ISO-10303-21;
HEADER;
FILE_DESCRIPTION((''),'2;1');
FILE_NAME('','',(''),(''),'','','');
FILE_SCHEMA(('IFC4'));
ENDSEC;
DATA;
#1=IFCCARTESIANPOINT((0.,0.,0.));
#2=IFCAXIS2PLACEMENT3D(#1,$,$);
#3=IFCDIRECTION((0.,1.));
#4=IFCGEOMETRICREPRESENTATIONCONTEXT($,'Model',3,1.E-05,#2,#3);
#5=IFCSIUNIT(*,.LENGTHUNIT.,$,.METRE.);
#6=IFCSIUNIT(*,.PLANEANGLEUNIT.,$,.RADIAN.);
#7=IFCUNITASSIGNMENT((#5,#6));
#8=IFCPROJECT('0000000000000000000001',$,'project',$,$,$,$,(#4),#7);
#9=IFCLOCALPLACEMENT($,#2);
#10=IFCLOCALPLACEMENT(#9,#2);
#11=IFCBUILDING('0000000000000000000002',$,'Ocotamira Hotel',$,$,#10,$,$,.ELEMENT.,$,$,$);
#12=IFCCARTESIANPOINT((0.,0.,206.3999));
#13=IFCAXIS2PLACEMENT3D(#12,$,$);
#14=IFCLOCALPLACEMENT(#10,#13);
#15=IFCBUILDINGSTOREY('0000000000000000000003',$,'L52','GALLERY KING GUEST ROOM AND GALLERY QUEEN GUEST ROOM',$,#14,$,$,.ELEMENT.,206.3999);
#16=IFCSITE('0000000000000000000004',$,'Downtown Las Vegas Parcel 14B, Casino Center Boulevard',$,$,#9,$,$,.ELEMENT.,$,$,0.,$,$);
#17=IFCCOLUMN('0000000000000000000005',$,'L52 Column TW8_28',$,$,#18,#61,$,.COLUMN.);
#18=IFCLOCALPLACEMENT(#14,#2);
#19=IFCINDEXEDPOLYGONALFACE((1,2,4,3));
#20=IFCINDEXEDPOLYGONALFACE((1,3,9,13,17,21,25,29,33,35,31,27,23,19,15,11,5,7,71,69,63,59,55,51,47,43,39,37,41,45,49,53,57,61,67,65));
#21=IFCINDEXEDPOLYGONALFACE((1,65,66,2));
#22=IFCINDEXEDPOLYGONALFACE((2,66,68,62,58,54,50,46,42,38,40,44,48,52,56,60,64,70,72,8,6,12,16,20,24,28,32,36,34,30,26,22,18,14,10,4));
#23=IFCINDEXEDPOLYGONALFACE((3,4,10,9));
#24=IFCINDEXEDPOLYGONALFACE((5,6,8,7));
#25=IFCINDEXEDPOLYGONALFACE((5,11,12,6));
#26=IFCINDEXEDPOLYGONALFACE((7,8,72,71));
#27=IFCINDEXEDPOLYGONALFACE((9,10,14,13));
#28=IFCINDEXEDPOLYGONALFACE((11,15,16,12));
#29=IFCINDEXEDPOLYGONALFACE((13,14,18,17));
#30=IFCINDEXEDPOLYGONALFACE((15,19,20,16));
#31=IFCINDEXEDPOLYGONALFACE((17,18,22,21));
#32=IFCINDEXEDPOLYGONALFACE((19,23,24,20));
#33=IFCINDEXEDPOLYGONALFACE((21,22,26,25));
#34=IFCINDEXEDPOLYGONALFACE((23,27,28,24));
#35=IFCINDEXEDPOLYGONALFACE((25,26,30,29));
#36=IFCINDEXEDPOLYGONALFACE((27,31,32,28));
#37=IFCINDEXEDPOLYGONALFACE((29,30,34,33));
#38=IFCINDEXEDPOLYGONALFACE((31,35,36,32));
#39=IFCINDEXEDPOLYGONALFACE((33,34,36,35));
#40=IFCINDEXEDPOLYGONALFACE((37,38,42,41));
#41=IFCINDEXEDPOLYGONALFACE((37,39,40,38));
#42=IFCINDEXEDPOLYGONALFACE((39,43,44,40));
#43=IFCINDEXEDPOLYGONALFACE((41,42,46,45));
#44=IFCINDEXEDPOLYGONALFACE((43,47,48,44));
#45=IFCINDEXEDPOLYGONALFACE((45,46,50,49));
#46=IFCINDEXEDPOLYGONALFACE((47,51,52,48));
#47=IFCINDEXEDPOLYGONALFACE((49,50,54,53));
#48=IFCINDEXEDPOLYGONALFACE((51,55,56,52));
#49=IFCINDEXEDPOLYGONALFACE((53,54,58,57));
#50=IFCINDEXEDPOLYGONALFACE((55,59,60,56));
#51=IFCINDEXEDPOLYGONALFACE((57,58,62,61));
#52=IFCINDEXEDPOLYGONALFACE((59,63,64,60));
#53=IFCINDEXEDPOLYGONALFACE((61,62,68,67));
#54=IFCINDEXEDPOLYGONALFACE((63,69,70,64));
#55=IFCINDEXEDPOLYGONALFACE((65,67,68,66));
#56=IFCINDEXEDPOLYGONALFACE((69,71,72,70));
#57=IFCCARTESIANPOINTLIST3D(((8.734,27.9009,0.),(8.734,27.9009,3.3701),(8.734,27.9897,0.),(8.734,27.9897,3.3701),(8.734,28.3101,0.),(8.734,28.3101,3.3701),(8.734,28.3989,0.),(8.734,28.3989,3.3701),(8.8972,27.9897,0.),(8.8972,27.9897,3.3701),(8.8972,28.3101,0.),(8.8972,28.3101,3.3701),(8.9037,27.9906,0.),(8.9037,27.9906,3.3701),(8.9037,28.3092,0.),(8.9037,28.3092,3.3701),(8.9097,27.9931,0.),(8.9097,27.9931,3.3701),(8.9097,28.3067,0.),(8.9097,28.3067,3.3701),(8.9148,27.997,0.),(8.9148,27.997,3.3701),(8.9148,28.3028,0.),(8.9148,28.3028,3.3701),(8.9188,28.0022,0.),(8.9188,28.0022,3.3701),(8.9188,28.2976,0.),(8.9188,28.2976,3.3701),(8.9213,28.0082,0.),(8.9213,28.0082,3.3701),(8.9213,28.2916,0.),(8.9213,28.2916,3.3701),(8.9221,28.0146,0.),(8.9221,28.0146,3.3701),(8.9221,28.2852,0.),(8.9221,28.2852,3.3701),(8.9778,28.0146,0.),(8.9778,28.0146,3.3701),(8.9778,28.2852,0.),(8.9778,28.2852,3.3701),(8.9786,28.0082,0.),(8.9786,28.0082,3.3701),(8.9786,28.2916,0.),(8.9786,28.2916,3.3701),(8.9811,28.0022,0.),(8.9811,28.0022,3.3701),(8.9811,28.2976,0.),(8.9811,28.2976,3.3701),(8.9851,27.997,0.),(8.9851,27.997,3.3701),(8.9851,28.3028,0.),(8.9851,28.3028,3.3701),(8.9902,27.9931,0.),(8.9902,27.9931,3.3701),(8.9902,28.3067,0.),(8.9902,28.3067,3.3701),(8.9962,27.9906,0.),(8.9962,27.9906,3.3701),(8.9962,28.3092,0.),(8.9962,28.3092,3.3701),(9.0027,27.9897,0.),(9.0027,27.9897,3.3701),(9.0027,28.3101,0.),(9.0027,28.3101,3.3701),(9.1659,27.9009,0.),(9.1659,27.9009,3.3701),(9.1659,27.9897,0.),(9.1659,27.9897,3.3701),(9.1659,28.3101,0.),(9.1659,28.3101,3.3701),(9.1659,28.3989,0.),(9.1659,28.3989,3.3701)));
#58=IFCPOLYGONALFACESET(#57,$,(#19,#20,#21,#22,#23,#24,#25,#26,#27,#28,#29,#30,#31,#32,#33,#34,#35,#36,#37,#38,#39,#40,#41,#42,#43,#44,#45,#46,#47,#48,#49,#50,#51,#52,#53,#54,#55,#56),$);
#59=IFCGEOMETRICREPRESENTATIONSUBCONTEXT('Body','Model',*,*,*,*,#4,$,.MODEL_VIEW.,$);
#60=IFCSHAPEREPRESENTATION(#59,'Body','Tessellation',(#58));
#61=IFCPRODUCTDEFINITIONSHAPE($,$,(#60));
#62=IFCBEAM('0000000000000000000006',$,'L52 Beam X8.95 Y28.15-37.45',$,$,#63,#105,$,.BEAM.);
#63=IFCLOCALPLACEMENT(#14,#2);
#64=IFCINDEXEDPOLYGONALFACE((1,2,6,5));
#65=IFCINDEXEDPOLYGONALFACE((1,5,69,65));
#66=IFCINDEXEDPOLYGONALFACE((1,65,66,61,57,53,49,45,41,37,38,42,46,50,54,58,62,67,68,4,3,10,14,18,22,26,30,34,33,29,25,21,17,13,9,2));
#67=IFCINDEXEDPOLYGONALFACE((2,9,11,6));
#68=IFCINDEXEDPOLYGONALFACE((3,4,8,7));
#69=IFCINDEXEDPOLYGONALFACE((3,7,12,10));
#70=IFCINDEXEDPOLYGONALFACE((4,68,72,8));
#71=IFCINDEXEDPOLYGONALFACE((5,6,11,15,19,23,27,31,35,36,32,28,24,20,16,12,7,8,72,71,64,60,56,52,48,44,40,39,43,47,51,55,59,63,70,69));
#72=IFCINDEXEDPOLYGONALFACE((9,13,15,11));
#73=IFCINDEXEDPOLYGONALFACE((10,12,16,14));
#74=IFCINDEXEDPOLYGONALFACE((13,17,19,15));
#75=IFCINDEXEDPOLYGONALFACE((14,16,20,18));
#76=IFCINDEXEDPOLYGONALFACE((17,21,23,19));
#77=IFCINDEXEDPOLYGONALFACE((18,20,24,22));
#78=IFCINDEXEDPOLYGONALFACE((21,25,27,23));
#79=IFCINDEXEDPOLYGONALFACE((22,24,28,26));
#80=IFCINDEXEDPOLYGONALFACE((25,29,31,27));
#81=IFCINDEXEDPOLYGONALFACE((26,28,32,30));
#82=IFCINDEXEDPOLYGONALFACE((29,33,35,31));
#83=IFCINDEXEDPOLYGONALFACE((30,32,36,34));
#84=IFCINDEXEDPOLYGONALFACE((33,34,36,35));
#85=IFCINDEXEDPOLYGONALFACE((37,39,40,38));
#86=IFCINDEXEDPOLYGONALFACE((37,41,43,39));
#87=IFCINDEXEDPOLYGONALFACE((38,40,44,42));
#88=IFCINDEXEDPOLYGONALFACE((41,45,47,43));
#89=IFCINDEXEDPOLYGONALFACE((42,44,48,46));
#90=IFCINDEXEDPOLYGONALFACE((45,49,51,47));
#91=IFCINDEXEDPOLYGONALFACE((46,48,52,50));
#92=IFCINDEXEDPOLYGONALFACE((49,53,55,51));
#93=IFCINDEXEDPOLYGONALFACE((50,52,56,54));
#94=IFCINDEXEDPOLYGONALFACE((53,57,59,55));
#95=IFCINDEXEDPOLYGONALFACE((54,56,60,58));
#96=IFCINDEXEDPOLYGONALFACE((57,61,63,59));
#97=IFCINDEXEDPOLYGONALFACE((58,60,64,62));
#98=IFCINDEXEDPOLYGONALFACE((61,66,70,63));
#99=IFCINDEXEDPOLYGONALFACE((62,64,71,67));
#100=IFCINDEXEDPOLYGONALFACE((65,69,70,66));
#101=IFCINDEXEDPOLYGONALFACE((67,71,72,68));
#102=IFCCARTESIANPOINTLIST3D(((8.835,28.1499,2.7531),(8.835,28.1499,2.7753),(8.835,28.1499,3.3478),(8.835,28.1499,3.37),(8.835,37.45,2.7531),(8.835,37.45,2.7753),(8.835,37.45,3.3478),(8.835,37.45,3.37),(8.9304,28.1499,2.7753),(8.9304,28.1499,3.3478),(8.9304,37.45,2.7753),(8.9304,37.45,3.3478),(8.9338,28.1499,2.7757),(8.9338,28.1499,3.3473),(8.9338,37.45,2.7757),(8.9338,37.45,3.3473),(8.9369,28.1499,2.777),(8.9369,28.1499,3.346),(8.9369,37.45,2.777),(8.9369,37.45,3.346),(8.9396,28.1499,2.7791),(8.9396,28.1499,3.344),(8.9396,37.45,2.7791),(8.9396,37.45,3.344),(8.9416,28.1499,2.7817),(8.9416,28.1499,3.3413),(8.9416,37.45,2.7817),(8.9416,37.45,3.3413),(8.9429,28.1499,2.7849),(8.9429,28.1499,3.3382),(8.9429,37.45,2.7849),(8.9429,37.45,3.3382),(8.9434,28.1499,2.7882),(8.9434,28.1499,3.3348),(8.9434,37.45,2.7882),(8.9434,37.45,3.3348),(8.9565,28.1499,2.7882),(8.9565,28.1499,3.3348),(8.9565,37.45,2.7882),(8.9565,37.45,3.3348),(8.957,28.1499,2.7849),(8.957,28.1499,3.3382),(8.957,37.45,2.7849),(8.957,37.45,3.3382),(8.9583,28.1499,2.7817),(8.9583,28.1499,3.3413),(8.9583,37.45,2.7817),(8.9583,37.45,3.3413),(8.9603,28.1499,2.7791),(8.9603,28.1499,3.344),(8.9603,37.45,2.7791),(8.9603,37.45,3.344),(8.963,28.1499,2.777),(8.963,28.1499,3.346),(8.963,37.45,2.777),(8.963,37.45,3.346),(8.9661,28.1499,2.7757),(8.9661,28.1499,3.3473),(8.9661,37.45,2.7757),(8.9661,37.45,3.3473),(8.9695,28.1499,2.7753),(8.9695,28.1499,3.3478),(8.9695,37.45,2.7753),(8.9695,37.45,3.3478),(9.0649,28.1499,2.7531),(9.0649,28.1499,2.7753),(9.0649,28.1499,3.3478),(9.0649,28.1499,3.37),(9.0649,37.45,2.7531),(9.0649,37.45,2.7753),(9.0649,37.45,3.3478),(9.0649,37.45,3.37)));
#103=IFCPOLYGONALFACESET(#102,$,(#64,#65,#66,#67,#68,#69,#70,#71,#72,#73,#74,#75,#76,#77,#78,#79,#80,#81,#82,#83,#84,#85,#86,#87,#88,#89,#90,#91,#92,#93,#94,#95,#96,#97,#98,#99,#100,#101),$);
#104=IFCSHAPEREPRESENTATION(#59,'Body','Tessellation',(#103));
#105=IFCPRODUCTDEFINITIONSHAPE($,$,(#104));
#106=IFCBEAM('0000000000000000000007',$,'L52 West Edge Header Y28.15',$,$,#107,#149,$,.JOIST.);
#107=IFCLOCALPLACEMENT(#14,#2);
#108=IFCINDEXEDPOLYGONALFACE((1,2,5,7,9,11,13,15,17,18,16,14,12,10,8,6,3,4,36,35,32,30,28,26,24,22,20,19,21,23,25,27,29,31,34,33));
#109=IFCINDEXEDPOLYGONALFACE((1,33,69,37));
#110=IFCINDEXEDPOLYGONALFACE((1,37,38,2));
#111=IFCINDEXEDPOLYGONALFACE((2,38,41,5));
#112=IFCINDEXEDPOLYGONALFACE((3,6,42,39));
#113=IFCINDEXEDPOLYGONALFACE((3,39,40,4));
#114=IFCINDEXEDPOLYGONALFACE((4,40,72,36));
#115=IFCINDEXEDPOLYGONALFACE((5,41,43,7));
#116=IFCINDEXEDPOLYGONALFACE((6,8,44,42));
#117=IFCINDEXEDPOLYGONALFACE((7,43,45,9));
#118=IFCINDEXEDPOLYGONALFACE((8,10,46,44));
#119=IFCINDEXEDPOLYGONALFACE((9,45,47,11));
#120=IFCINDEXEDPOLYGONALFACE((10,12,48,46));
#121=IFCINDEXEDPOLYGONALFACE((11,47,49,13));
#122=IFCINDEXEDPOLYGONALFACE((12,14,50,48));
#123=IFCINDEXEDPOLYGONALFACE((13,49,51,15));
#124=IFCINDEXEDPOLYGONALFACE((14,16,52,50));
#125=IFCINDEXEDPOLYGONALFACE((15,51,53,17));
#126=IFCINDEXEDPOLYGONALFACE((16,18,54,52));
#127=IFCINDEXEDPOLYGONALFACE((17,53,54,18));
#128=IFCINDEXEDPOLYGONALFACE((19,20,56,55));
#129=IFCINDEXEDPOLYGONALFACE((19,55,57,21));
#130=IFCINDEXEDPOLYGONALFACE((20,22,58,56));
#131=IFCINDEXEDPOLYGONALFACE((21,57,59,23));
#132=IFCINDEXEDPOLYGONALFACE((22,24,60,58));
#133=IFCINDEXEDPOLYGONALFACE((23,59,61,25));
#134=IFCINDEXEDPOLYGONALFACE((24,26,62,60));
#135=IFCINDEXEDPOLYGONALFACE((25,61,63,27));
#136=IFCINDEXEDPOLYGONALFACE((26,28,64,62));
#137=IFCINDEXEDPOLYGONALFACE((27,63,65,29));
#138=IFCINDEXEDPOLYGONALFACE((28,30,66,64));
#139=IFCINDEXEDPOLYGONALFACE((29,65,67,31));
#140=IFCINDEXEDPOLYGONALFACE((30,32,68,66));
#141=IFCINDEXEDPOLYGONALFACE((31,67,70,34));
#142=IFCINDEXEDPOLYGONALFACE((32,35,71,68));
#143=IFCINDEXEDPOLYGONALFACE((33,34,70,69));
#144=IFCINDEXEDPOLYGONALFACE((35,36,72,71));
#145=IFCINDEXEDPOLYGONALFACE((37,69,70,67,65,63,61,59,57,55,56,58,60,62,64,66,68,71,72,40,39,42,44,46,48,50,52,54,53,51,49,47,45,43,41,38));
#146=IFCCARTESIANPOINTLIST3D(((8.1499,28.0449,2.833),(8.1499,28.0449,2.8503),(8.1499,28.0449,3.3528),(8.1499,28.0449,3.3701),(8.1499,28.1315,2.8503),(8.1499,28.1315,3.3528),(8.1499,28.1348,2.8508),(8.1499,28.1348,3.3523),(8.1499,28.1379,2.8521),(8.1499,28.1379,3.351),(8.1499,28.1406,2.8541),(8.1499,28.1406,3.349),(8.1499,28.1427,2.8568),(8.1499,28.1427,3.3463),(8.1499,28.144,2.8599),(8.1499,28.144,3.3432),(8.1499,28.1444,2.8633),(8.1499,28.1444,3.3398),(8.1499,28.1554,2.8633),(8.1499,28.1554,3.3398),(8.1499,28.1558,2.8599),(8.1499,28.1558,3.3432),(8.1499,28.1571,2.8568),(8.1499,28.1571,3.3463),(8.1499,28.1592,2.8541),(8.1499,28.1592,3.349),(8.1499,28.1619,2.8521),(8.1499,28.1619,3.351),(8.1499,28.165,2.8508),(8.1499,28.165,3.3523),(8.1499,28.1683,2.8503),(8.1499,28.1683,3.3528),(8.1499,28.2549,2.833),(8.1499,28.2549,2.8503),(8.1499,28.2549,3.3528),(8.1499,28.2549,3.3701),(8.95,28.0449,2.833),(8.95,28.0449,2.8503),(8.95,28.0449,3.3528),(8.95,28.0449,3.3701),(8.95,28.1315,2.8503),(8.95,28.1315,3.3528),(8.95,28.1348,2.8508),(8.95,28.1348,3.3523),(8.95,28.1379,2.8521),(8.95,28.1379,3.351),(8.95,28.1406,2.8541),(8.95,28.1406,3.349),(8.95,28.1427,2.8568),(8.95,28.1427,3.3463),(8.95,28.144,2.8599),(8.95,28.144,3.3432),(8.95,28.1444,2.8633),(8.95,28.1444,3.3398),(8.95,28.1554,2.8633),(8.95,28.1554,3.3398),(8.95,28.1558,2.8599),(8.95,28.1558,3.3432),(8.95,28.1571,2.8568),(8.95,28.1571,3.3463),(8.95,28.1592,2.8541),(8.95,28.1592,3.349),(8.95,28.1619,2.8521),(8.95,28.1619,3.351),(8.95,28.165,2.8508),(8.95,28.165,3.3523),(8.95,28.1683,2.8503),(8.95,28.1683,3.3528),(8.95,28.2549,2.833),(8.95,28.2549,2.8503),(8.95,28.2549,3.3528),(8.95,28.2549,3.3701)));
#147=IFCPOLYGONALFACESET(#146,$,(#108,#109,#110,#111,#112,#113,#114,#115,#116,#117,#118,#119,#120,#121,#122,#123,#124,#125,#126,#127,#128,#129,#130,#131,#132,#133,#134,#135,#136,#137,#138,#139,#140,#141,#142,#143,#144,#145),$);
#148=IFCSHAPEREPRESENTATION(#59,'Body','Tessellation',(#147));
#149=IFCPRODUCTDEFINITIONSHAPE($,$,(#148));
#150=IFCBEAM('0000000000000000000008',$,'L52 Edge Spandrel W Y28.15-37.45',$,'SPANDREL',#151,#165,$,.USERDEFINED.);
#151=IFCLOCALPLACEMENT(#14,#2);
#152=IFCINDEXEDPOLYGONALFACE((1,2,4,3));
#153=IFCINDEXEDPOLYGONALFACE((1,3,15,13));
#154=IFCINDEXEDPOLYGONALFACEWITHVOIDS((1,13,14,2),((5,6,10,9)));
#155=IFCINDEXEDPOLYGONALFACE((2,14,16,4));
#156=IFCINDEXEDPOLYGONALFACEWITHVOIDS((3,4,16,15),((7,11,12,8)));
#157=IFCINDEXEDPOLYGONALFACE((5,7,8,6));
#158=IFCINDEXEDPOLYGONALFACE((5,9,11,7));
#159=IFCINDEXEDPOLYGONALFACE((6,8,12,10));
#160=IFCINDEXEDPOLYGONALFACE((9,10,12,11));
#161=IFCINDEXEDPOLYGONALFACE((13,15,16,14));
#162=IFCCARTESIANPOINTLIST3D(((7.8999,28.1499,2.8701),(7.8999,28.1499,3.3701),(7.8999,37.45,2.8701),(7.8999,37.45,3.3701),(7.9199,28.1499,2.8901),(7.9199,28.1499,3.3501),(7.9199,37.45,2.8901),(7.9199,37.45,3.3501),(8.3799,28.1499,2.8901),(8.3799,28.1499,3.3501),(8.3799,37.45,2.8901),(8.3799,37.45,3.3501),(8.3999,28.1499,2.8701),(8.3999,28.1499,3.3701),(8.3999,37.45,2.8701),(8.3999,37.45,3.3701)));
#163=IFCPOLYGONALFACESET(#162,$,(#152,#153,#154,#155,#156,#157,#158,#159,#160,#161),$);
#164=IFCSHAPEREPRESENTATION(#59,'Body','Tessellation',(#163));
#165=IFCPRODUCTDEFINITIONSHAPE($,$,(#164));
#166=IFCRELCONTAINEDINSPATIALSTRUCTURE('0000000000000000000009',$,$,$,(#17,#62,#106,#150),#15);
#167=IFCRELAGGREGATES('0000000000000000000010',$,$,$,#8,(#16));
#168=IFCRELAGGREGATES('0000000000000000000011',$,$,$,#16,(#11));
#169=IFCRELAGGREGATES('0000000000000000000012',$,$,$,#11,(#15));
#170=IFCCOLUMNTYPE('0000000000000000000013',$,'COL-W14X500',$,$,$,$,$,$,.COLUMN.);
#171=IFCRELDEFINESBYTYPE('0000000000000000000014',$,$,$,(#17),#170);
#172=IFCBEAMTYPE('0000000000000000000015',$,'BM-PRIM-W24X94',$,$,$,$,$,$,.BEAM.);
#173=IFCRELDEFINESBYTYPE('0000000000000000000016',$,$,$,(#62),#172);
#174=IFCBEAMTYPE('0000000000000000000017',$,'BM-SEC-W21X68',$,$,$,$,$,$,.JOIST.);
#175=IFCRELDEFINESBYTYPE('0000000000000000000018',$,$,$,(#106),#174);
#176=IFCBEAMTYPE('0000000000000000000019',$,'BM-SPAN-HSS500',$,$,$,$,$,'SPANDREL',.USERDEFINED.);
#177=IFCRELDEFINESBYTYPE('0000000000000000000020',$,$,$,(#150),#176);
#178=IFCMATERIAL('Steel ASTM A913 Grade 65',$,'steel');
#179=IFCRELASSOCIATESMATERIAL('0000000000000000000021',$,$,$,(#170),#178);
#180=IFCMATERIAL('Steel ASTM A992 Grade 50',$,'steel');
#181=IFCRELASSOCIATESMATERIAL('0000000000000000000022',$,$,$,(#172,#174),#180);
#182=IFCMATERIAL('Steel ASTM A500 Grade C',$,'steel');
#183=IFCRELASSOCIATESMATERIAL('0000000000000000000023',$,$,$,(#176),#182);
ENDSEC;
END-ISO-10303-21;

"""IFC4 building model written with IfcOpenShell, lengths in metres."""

from ifc_helpers import new_model, si_unit, direction, frame, origin, origin_2d, place, context, subcontext, project, spatial, hollow_rectangle, i_section, extrude, source, transform, mapped, material, material_profile, profile_set, type_object, element, save


model = new_model("IFC4")

# Units and contexts
model_context = context("Model", 3, precision=1e-05, world=origin(), true_north=direction((0.0, 1.0)))
body_context = subcontext(model_context, "Body", "Model", "MODEL_VIEW")
ifc_project = project(units=[si_unit("LENGTHUNIT", "METRE"), si_unit("PLANEANGLEUNIT", "RADIAN")], contexts=[model_context])

# Site, building, storey
site_placement = place(None, origin())
site = spatial("IfcSite", under=ifc_project, at=site_placement, Name="Downtown Las Vegas Parcel 14B, Casino Center Boulevard", CompositionType="ELEMENT", RefElevation=0.0)
building_placement = place(site_placement, origin())
building = spatial("IfcBuilding", under=site, at=building_placement, Name="Ocotamira Hotel", CompositionType="ELEMENT")
storey_placement = place(building_placement, frame((0.0, 0.0, 206.3999)))
storey = spatial("IfcBuildingStorey", under=building, at=storey_placement, Name="L52", Description="GALLERY KING GUEST ROOM AND GALLERY QUEEN GUEST ROOM", CompositionType="ELEMENT", Elevation=206.3999)

# Column
ifc_material_1 = material(Name="Steel ASTM A913 Grade 65", Category="steel")
ifc_material_profile_1 = material_profile(ifc_material_1, i_section(OverallWidth=0.4319, OverallDepth=0.498, WebThickness=0.0557, FlangeThickness=0.0889, FilletRadius=0.0249, at=origin_2d()), Name="W14X500")
ifc_profile_set_1 = profile_set([ifc_material_profile_1], Name="Steel ASTM A913 Grade 65")
column_type = type_object("IfcColumnType", Name="COL-W14X500", PredefinedType="COLUMN", material=ifc_profile_set_1)
shared_shape_1 = source(origin(), body_context, "Body", "SweptSolid", [
    extrude(i_section(OverallWidth=0.4319, OverallDepth=0.498, WebThickness=0.0557, FlangeThickness=0.0889, FilletRadius=0.0249, at=origin_2d()), origin(), (0.0, 0.0, 1.0), 3.3701),
])
column_placement = place(storey_placement, frame((8.95, 28.1499, 0.0), z_axis=(0.0, 0.0, 1.0), x_axis=(1.0, 0.0, 0.0)))
element("IfcColumn", 1, at=column_placement, inside=storey, type_object=column_type, Name="L52 Column TW8_28", PredefinedType="COLUMN", context=body_context, shape_type="MappedRepresentation", body=[
    mapped(shared_shape_1, transform((0.0, 0.0, 0.0), scale=1.0)),
])

# Beams
ifc_material_2 = material(Name="Steel ASTM A992 Grade 50", Category="steel")
ifc_material_profile_2 = material_profile(ifc_material_2, i_section(OverallWidth=0.23, OverallDepth=0.6169, WebThickness=0.0132, FlangeThickness=0.0222, FilletRadius=0.0129, at=origin_2d()), Name="W24X94")
ifc_profile_set_2 = profile_set([ifc_material_profile_2], Name="Steel ASTM A992 Grade 50")
beam_type_1 = type_object("IfcBeamType", Name="BM-PRIM-W24X94", PredefinedType="BEAM", material=ifc_profile_set_2)
shared_shape_2 = source(origin(), body_context, "Body", "SweptSolid", [
    extrude(i_section(OverallWidth=0.23, OverallDepth=0.6169, WebThickness=0.0132, FlangeThickness=0.0222, FilletRadius=0.0129, at=origin_2d()), origin(), (0.0, 0.0, 1.0), 9.3),
])
beam_1_placement = place(storey_placement, frame((8.95, 28.1499, 3.0615), z_axis=(0.0, 1.0, 0.0), x_axis=(-1.0, 0.0, 0.0)))
element("IfcBeam", 2, at=beam_1_placement, inside=storey, type_object=beam_type_1, Name="L52 Beam X8.95 Y28.15-37.45", PredefinedType="BEAM", context=body_context, shape_type="MappedRepresentation", body=[
    mapped(shared_shape_2, transform((0.0, 0.0, 0.0), scale=1.0)),
])
ifc_material_profile_3 = material_profile(ifc_material_2, i_section(OverallWidth=0.21, OverallDepth=0.5371, WebThickness=0.011, FlangeThickness=0.0173, FilletRadius=0.0129, at=origin_2d()), Name="W21X68")
ifc_profile_set_3 = profile_set([ifc_material_profile_3], Name="Steel ASTM A992 Grade 50")
beam_type_2 = type_object("IfcBeamType", Name="BM-SEC-W21X68", PredefinedType="JOIST", material=ifc_profile_set_3)
shared_shape_3 = source(origin(), body_context, "Body", "SweptSolid", [
    extrude(i_section(OverallWidth=0.21, OverallDepth=0.5371, WebThickness=0.011, FlangeThickness=0.0173, FilletRadius=0.0129, at=origin_2d()), origin(), (0.0, 0.0, 1.0), 0.8),
])
beam_2_placement = place(storey_placement, frame((8.95, 28.1499, 3.1016), z_axis=(-1.0, 0.0, 0.0), x_axis=(0.0, -1.0, 0.0)))
element("IfcBeam", 3, at=beam_2_placement, inside=storey, type_object=beam_type_2, Name="L52 West Edge Header Y28.15", PredefinedType="JOIST", context=body_context, shape_type="MappedRepresentation", body=[
    mapped(shared_shape_3, transform((0.0, 0.0, 0.0), scale=1.0)),
])
ifc_material_3 = material(Name="Steel ASTM A500 Grade C", Category="steel")
ifc_material_profile_4 = material_profile(ifc_material_3, hollow_rectangle(XDim=0.5, YDim=0.5, WallThickness=0.02, at=origin_2d()), Name="HSS500X500X20")
ifc_profile_set_4 = profile_set([ifc_material_profile_4], Name="Steel ASTM A500 Grade C")
beam_type_3 = type_object("IfcBeamType", Name="BM-SPAN-HSS500", ElementType="SPANDREL", PredefinedType="USERDEFINED", material=ifc_profile_set_4)
shared_shape_4 = source(origin(), body_context, "Body", "SweptSolid", [
    extrude(hollow_rectangle(XDim=0.5, YDim=0.5, WallThickness=0.02, at=origin_2d()), origin(), (0.0, 0.0, 1.0), 9.3),
])
beam_3_placement = place(storey_placement, frame((8.1499, 28.1499, 3.1201), z_axis=(0.0, 1.0, 0.0), x_axis=(-1.0, 0.0, 0.0)))
element("IfcBeam", 4, at=beam_3_placement, inside=storey, type_object=beam_type_3, Name="L52 Edge Spandrel W Y28.15-37.45", ObjectType="SPANDREL", PredefinedType="USERDEFINED", context=body_context, shape_type="MappedRepresentation", body=[
    mapped(shared_shape_4, transform((0.0, 0.0, 0.0), scale=1.0)),
])

save(model, "model.ifc")
